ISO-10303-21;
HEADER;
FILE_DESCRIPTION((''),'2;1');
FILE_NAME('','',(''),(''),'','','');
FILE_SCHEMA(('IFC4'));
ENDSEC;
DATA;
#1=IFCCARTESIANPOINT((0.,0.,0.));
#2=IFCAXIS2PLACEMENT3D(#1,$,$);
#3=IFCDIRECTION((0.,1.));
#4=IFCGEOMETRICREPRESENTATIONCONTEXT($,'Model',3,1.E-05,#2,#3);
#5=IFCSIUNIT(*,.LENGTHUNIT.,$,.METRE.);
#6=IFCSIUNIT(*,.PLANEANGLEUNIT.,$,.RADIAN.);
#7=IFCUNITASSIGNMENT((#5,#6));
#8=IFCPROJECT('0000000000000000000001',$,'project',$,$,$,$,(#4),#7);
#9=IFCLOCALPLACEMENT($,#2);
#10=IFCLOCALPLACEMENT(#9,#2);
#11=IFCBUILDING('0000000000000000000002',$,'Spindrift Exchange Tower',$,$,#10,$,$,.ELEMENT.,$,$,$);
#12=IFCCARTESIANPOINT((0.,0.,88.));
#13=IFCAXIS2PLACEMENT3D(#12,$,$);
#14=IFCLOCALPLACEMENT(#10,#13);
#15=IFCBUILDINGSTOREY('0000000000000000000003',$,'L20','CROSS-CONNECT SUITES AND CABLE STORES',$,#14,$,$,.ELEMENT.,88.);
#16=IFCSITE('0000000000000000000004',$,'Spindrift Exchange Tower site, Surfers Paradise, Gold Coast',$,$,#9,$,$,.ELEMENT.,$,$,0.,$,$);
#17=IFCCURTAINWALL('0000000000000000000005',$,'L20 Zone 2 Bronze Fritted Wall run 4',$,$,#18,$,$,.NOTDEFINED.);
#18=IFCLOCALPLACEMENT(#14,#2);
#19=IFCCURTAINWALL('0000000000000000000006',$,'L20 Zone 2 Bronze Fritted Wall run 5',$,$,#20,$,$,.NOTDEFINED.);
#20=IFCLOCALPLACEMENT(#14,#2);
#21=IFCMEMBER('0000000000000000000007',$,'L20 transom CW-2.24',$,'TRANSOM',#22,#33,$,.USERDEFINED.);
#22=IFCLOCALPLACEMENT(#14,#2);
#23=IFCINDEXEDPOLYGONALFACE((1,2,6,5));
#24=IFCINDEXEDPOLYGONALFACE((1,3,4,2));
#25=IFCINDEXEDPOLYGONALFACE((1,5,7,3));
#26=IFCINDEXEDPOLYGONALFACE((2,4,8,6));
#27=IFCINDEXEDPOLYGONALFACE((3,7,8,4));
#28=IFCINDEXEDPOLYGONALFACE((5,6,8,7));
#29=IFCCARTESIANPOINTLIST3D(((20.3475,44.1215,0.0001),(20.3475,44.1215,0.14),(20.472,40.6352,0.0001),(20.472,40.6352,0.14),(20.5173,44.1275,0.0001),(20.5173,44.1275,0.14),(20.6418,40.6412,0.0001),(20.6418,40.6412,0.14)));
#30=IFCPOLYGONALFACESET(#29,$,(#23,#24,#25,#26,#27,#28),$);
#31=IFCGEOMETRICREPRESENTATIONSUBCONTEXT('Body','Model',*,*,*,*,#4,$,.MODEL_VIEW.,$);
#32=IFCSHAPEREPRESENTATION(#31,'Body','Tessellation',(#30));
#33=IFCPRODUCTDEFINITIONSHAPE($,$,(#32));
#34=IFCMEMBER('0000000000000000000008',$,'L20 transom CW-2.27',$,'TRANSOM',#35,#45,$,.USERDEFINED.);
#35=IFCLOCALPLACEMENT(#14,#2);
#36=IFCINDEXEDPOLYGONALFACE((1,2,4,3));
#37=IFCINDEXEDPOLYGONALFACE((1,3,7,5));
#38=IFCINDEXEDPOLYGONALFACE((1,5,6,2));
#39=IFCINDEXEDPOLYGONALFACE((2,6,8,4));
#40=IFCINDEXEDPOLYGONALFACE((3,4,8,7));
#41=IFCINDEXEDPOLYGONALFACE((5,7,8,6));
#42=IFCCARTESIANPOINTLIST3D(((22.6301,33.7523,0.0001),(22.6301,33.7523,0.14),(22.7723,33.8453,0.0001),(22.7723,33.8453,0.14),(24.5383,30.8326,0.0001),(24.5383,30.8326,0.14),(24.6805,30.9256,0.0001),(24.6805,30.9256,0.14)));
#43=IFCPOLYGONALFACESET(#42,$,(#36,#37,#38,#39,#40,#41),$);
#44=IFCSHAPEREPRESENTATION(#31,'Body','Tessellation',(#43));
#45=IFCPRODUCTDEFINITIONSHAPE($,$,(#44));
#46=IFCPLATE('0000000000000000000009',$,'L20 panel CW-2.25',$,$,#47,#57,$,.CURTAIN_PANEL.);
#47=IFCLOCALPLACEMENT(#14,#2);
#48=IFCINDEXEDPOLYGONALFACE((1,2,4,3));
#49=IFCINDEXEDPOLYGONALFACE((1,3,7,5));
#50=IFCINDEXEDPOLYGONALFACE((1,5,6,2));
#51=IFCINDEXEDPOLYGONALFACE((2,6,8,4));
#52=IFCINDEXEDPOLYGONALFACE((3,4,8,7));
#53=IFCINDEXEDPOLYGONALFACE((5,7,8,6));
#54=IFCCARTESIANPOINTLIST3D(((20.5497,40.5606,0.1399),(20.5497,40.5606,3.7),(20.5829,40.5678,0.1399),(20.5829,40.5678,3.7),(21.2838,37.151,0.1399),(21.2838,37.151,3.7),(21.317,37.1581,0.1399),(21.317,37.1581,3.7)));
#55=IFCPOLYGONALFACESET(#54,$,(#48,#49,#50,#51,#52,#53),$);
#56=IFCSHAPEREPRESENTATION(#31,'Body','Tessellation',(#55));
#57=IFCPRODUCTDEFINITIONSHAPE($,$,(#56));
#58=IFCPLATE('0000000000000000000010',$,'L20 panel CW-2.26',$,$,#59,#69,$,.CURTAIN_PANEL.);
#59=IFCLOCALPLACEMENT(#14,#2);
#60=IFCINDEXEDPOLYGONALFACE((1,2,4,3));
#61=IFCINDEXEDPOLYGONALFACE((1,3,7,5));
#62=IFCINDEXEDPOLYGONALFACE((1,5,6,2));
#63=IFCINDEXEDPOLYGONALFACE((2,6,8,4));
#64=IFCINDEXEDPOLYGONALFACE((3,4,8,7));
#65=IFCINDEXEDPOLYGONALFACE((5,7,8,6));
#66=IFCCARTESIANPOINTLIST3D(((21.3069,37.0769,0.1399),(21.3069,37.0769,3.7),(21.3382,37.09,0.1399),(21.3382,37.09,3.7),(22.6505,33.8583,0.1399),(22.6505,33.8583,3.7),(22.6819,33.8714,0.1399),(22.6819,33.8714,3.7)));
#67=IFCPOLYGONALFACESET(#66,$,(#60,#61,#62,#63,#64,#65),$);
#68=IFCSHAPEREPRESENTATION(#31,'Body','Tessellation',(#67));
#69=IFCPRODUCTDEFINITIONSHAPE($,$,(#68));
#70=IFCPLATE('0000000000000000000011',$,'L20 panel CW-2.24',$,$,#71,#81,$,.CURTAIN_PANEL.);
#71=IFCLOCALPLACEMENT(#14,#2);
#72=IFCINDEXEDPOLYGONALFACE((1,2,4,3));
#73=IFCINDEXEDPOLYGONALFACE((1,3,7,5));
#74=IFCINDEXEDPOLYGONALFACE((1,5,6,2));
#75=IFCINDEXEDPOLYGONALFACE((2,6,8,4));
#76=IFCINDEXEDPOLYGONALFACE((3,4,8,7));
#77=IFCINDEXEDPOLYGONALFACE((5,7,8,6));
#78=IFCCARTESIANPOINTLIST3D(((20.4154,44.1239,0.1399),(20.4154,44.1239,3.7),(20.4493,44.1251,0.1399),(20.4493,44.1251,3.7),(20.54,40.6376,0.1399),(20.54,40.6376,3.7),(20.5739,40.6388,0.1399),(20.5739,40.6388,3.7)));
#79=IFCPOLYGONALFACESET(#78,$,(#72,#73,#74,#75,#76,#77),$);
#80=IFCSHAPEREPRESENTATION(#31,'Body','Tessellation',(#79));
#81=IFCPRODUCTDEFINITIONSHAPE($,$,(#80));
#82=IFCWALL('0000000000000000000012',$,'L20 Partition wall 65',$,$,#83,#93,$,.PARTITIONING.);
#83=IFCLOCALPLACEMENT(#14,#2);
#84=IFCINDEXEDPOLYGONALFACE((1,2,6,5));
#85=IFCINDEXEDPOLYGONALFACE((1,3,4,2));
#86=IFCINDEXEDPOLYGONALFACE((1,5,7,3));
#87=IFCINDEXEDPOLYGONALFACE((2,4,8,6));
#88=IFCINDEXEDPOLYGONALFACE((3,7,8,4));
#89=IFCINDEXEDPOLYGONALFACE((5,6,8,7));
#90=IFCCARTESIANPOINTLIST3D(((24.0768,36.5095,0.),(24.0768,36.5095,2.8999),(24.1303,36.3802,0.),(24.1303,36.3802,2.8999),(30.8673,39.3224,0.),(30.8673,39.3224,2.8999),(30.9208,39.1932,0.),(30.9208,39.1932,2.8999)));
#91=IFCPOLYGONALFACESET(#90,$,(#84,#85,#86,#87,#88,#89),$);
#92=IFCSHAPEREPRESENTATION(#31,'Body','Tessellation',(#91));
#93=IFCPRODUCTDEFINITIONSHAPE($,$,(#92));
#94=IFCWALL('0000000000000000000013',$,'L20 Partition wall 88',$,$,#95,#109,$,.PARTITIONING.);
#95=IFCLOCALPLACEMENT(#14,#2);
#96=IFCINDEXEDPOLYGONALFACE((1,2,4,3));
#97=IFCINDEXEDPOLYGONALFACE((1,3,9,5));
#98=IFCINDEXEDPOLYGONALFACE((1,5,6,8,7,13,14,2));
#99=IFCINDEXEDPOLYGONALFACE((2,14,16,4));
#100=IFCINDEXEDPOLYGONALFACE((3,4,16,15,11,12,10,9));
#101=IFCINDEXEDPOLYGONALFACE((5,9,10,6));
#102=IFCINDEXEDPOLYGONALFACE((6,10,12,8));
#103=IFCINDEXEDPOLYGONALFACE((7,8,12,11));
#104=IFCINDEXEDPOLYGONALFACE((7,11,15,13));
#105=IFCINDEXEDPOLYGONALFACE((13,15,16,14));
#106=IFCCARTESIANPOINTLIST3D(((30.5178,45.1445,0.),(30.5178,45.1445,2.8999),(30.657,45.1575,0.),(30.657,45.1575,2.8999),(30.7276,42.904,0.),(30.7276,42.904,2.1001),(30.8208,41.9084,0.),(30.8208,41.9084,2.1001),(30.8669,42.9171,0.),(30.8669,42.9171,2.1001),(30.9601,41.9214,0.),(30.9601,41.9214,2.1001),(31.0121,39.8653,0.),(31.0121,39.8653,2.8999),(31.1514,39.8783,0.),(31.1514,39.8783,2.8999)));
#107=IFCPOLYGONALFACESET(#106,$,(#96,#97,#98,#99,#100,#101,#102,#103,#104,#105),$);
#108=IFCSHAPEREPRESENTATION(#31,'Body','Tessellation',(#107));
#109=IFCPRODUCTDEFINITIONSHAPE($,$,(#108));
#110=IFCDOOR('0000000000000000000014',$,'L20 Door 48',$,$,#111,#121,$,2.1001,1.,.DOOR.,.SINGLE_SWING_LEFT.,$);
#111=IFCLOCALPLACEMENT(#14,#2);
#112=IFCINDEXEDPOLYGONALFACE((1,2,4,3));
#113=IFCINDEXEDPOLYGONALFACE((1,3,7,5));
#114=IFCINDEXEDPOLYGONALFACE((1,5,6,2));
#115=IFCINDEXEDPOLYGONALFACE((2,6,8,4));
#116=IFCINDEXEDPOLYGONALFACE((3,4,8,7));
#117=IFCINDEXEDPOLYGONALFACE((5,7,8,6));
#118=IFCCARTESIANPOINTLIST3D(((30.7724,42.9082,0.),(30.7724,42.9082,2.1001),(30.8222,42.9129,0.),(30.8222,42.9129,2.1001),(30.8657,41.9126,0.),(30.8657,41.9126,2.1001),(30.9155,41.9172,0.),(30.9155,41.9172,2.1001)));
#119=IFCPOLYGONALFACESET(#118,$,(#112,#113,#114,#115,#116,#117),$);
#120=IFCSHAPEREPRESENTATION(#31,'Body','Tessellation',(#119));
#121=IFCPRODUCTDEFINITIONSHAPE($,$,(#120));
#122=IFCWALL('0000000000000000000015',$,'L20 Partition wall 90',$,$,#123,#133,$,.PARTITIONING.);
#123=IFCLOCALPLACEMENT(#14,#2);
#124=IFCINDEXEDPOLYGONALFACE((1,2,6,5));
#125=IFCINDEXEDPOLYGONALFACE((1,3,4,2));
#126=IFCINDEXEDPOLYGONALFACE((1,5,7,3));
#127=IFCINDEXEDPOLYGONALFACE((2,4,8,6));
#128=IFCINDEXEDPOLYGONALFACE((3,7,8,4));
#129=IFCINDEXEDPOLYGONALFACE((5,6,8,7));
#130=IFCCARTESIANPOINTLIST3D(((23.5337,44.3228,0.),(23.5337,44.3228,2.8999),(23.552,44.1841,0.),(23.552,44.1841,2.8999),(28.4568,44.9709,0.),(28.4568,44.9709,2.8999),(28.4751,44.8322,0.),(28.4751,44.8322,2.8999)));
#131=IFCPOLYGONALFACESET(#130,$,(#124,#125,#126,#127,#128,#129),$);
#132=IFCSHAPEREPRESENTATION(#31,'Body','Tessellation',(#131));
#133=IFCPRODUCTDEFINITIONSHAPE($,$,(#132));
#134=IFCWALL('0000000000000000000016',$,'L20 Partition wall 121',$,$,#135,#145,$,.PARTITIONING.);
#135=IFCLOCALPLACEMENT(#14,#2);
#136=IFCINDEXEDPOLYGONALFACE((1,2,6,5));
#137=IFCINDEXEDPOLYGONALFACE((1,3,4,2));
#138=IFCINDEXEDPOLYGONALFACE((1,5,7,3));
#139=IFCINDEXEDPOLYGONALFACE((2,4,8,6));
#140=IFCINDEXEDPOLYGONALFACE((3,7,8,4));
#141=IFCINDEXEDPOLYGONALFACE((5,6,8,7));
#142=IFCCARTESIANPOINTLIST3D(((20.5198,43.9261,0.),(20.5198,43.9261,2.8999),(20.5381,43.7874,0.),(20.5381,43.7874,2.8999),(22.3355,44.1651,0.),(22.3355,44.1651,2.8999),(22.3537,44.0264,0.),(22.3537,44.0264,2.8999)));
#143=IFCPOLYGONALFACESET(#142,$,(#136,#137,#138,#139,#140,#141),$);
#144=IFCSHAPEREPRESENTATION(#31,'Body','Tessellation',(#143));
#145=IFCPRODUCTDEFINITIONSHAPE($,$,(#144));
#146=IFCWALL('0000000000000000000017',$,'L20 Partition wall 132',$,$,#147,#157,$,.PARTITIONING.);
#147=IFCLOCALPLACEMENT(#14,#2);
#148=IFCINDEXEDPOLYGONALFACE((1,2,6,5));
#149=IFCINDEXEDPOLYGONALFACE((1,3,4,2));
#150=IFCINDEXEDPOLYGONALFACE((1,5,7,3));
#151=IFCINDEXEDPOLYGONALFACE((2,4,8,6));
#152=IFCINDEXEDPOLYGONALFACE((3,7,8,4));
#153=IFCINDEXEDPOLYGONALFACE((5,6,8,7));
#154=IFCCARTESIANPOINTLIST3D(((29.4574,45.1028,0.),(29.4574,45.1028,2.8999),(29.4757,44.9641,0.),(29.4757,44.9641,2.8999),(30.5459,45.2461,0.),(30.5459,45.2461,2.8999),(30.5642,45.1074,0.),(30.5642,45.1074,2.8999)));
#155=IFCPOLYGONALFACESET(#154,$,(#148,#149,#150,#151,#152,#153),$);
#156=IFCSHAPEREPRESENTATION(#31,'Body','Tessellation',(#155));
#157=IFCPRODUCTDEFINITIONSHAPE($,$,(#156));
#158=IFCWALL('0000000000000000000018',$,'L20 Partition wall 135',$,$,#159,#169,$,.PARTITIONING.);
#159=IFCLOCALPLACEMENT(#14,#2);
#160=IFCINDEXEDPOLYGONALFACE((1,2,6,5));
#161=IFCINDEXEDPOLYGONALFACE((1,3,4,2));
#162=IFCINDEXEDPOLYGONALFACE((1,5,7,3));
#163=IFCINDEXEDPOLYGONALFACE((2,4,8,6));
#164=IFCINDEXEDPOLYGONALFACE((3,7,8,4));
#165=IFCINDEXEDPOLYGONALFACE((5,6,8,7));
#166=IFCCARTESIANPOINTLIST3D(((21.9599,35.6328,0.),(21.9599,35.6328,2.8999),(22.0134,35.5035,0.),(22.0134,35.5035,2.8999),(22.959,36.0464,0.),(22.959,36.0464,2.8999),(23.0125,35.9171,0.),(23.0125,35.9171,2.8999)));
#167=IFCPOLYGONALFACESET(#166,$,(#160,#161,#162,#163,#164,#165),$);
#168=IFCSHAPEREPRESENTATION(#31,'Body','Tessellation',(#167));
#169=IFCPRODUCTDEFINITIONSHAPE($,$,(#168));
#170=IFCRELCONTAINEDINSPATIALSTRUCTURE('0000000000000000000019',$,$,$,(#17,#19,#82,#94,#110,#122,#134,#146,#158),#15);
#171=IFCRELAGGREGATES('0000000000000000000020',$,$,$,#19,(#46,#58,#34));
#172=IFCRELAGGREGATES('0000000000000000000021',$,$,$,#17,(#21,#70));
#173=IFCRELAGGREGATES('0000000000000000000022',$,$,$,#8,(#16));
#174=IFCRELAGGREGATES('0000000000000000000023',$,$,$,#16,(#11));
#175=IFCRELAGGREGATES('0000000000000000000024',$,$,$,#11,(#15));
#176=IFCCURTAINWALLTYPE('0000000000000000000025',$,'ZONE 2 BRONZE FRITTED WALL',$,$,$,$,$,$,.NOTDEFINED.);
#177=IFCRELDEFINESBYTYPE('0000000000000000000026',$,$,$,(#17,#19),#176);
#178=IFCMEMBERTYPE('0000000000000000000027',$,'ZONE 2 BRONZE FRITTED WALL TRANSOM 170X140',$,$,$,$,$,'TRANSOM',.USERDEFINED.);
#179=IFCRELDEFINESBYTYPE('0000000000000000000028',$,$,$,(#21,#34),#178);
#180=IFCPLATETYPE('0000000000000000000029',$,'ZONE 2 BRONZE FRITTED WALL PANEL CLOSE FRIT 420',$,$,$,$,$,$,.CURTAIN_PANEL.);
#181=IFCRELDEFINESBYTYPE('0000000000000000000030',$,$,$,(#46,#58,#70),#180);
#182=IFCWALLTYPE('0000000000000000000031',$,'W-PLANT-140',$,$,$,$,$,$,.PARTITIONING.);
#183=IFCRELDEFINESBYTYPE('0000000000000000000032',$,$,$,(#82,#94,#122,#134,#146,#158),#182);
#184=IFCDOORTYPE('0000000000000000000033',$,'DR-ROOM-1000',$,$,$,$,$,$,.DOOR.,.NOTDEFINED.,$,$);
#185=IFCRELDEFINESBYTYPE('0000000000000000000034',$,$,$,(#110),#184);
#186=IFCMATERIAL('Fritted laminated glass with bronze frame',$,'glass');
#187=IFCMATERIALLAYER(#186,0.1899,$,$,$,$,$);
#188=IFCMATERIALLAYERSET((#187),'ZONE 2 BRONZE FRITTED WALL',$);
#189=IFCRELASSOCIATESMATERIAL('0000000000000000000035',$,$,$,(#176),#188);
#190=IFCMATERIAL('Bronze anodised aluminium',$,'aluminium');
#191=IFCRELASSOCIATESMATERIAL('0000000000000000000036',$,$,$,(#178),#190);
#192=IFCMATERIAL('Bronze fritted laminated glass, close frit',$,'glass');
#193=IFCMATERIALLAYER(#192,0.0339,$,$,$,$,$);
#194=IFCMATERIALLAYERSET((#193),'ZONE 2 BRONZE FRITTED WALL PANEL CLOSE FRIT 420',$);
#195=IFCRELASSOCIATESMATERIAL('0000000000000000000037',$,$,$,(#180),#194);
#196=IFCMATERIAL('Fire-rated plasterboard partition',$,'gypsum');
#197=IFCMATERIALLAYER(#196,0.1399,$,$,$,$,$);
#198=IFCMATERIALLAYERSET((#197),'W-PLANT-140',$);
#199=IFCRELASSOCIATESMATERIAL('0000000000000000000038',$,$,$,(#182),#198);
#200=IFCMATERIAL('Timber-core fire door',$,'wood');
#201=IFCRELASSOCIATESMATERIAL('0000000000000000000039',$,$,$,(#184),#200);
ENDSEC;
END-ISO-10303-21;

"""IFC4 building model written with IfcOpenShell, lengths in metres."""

from ifc_helpers import new_model, si_unit, direction, frame, frame_2d, origin, origin_2d, place, context, subcontext, project, spatial, rectangle, extrude, source, transform, mapped, material, layer, layer_set, material_profile, profile_set, type_object, element, fill, aggregate, save


model = new_model("IFC4")

# Units and contexts
model_context = context("Model", 3, precision=1e-05, world=origin(), true_north=direction((0.0, 1.0)))
body_context = subcontext(model_context, "Body", "Model", "MODEL_VIEW")
ifc_project = project(units=[si_unit("LENGTHUNIT", "METRE"), si_unit("PLANEANGLEUNIT", "RADIAN")], contexts=[model_context])

# Site, building, storey
site_placement = place(None, origin())
site = spatial("IfcSite", under=ifc_project, at=site_placement, Name="Spindrift Exchange Tower site, Surfers Paradise, Gold Coast", CompositionType="ELEMENT", RefElevation=0.0)
building_placement = place(site_placement, origin())
building = spatial("IfcBuilding", under=site, at=building_placement, Name="Spindrift Exchange Tower", CompositionType="ELEMENT")
storey_placement = place(building_placement, frame((0.0, 0.0, 88.0)))
storey = spatial("IfcBuildingStorey", under=building, at=storey_placement, Name="L20", Description="CROSS-CONNECT SUITES AND CABLE STORES", CompositionType="ELEMENT", Elevation=88.0)

# Curtain wall
ifc_material_1 = material(Name="Fritted laminated glass with bronze frame", Category="glass")
ifc_layer_1 = layer(ifc_material_1, 0.1899)
ifc_layer_set_1 = layer_set([ifc_layer_1], Name="ZONE 2 BRONZE FRITTED WALL")
curtain_wall_type = type_object("IfcCurtainWallType", Name="ZONE 2 BRONZE FRITTED WALL", PredefinedType="NOTDEFINED", material=ifc_layer_set_1)
curtain_wall_1_placement = place(storey_placement, origin())
curtain_wall_1 = element("IfcCurtainWall", 1, at=curtain_wall_1_placement, inside=storey, type_object=curtain_wall_type, Name="L20 Zone 2 Bronze Fritted Wall run 4", PredefinedType="NOTDEFINED")
ifc_material_2 = material(Name="Bronze anodised aluminium", Category="aluminium")

# Curtain wall
curtain_wall_2_placement = place(storey_placement, origin())
curtain_wall_2 = element("IfcCurtainWall", 2, at=curtain_wall_2_placement, inside=storey, type_object=curtain_wall_type, Name="L20 Zone 2 Bronze Fritted Wall run 5", PredefinedType="NOTDEFINED")
ifc_material_profile_1 = material_profile(ifc_material_2, rectangle(XDim=0.1699, YDim=0.1399, at=origin_2d()), Name="ZONE 2 BRONZE FRITTED WALL TRANSOM 170X140")
ifc_profile_set_1 = profile_set([ifc_material_profile_1], Name="Bronze anodised aluminium")
member_type_1 = type_object("IfcMemberType", Name="ZONE 2 BRONZE FRITTED WALL TRANSOM 170X140", ElementType="TRANSOM", PredefinedType="USERDEFINED", material=ifc_profile_set_1)

# Members
shared_shape_1 = source(origin(), body_context, "Body", "SweptSolid", [
    extrude(rectangle(XDim=0.1699, YDim=0.1399, at=origin_2d()), origin(), (0.0, 0.0, 1.0), 3.4885),
])
member_1_placement = place(storey_placement, frame((20.4324, 44.1245, 0.0701), z_axis=(0.035692, -0.999363, 0.0), x_axis=(0.999363, 0.035692, 0.0)))
member_1 = element("IfcMember", 3, at=member_1_placement, type_object=member_type_1, Name="L20 transom CW-2.24", ObjectType="TRANSOM", PredefinedType="USERDEFINED", context=body_context, shape_type="MappedRepresentation", body=[
    mapped(shared_shape_1, transform((0.0, 0.0, 0.0), scale=1.0)),
])
shared_shape_2 = source(origin(), body_context, "Body", "SweptSolid", [
    extrude(rectangle(XDim=0.1699, YDim=0.1399, at=origin_2d()), origin(), (0.0, 0.0, 1.0), 3.488),
])
member_2_placement = place(storey_placement, frame((22.7012, 33.7988, 0.0701), z_axis=(0.547085, -0.837077, 0.0), x_axis=(0.837077, 0.547085, 0.0)))
member_2 = element("IfcMember", 4, at=member_2_placement, type_object=member_type_1, Name="L20 transom CW-2.27", ObjectType="TRANSOM", PredefinedType="USERDEFINED", context=body_context, shape_type="MappedRepresentation", body=[
    mapped(shared_shape_2, transform((0.0, 0.0, 0.0), scale=1.0)),
])

# Plates
ifc_material_3 = material(Name="Bronze fritted laminated glass, close frit", Category="glass")
ifc_layer_2 = layer(ifc_material_3, 0.0339)
ifc_layer_set_2 = layer_set([ifc_layer_2], Name="ZONE 2 BRONZE FRITTED WALL PANEL CLOSE FRIT 420")
plate_type = type_object("IfcPlateType", Name="ZONE 2 BRONZE FRITTED WALL PANEL CLOSE FRIT 420", PredefinedType="CURTAIN_PANEL", material=ifc_layer_set_2)
shared_shape_3 = source(origin(), body_context, "Body", "SweptSolid", [
    extrude(rectangle(XDim=3.4878, YDim=0.0339, at=origin_2d()), origin(), (0.0, 0.0, 1.0), 3.5601),
])
plate_1_placement = place(storey_placement, frame((20.9333, 38.8594, 0.1399), z_axis=(0.0, 0.0, 1.0), x_axis=(0.21048, -0.977598, 0.0)))
plate_1 = element("IfcPlate", 5, at=plate_1_placement, type_object=plate_type, Name="L20 panel CW-2.25", PredefinedType="CURTAIN_PANEL", context=body_context, shape_type="MappedRepresentation", body=[
    mapped(shared_shape_3, transform((0.0, 0.0, 0.0), scale=1.0)),
])
plate_2_placement = place(storey_placement, frame((21.9944, 35.4741, 0.1399), z_axis=(0.0, 0.0, 1.0), x_axis=(0.385243, -0.922815, 0.0)))
plate_2 = element("IfcPlate", 6, at=plate_2_placement, type_object=plate_type, Name="L20 panel CW-2.26", PredefinedType="CURTAIN_PANEL", context=body_context, shape_type="MappedRepresentation", body=[
    mapped(shared_shape_3, transform((0.0, 0.0, 0.0), scale=1.0)),
])
aggregate(curtain_wall_2, [plate_1, plate_2, member_2])
shared_shape_4 = source(origin(), body_context, "Body", "SweptSolid", [
    extrude(rectangle(XDim=3.4885, YDim=0.0339, at=origin_2d()), origin(), (0.0, 0.0, 1.0), 3.5601),
])
plate_3_placement = place(storey_placement, frame((20.4946, 42.3813, 0.1399), z_axis=(0.0, 0.0, 1.0), x_axis=(0.035723, -0.999362, 0.0)))
plate_3 = element("IfcPlate", 7, at=plate_3_placement, type_object=plate_type, Name="L20 panel CW-2.24", PredefinedType="CURTAIN_PANEL", context=body_context, shape_type="MappedRepresentation", body=[
    mapped(shared_shape_4, transform((0.0, 0.0, 0.0), scale=1.0)),
])
aggregate(curtain_wall_1, [member_1, plate_3])

# Wall
ifc_material_4 = material(Name="Fire-rated plasterboard partition", Category="gypsum")
ifc_layer_3 = layer(ifc_material_4, 0.1399)
ifc_layer_set_3 = layer_set([ifc_layer_3], Name="W-PLANT-140")
wall_type = type_object("IfcWallType", Name="W-PLANT-140", PredefinedType="PARTITIONING", material=ifc_layer_set_3)
wall_1_placement = place(storey_placement, frame((30.894, 39.2578, 0.0), z_axis=(0.0, 0.0, 1.0), x_axis=(-0.923867, -0.382714, 0.0)))
element("IfcWall", 8, at=wall_1_placement, inside=storey, type_object=wall_type, Name="L20 Partition wall 65", PredefinedType="PARTITIONING", context=body_context, shape_type="SweptSolid", body=[
    extrude(rectangle(XDim=7.3501, YDim=0.1399, at=frame_2d((3.675, 0.0))), origin(), (0.0, 0.0, 1.0), 2.8999),
])

# Wall, opening, door
wall_2_placement = place(storey_placement, frame((31.0818, 39.8718, 0.0), z_axis=(0.0, 0.0, 1.0), x_axis=(-0.093242, 0.995643, 0.0)))
wall_2 = element("IfcWall", 9, at=wall_2_placement, inside=storey, type_object=wall_type, Name="L20 Partition wall 88", PredefinedType="PARTITIONING", context=body_context, shape_type="SweptSolid", body=[
    extrude(rectangle(XDim=5.3022, YDim=0.1399, at=frame_2d((2.6511, 0.0))), origin(), (0.0, 0.0, 1.0), 2.8999),
])
opening_placement = place(wall_2_placement, frame((2.052, 0.0, 0.0)))
opening = element("IfcOpeningElement", 10, at=opening_placement, cuts=wall_2, PredefinedType="OPENING", context=body_context, shape_type="SweptSolid", body=[
    extrude(rectangle(XDim=1.0, YDim=2.1001, at=frame_2d((0.5, 1.05))), frame((0.0, 0.0798, 0.0), z_axis=(0.0, -1.0, 0.0), x_axis=(1.0, 0.0, 0.0)), (0.0, 0.0, 1.0), 0.1599),
])
ifc_material_5 = material(Name="Timber-core fire door", Category="wood")
door_type = type_object("IfcDoorType", Name="DR-ROOM-1000", OperationType="NOTDEFINED", PredefinedType="DOOR", material=ifc_material_5)
shared_shape_5 = source(origin(), body_context, "Body", "SweptSolid", [
    extrude(rectangle(XDim=1.0, YDim=2.1001, at=frame_2d((0.5, 1.05))), frame((0.0, 0.0249, 0.0), z_axis=(0.0, -1.0, 0.0), x_axis=(1.0, 0.0, 0.0)), (0.0, 0.0, 1.0), 0.05),
])
door_placement = place(opening_placement, origin())
door = element("IfcDoor", 11, at=door_placement, inside=storey, type_object=door_type, Name="L20 Door 48", OperationType="SINGLE_SWING_LEFT", OverallHeight=2.1001, OverallWidth=1.0, PredefinedType="DOOR", context=body_context, shape_type="MappedRepresentation", body=[
    mapped(shared_shape_5, transform((0.0, 0.0, 0.0), scale=1.0)),
])
fill(opening, door)

# Walls
wall_3_placement = place(storey_placement, frame((28.4661, 44.9016, 0.0), z_axis=(0.0, 0.0, 1.0), x_axis=(-0.991443, -0.130537, 0.0)))
element("IfcWall", 12, at=wall_3_placement, inside=storey, type_object=wall_type, Name="L20 Partition wall 90", PredefinedType="PARTITIONING", context=body_context, shape_type="SweptSolid", body=[
    extrude(rectangle(XDim=4.9656, YDim=0.1399, at=frame_2d((2.4829, 0.0))), origin(), (0.0, 0.0, 1.0), 2.8999),
])
wall_4_placement = place(storey_placement, frame((22.3445, 44.0957, 0.0), z_axis=(0.0, 0.0, 1.0), x_axis=(-0.991447, -0.130513, 0.0)))
element("IfcWall", 13, at=wall_4_placement, inside=storey, type_object=wall_type, Name="L20 Partition wall 121", PredefinedType="PARTITIONING", context=body_context, shape_type="SweptSolid", body=[
    extrude(rectangle(XDim=1.8313, YDim=0.1399, at=frame_2d((0.9155, 0.0))), origin(), (0.0, 0.0, 1.0), 2.8999),
])
wall_5_placement = place(storey_placement, frame((30.5549, 45.1768, 0.0), z_axis=(0.0, 0.0, 1.0), x_axis=(-0.991446, -0.130518, 0.0)))
element("IfcWall", 14, at=wall_5_placement, inside=storey, type_object=wall_type, Name="L20 Partition wall 132", PredefinedType="PARTITIONING", context=body_context, shape_type="SweptSolid", body=[
    extrude(rectangle(XDim=1.0979, YDim=0.1399, at=frame_2d((0.5488, 0.0))), origin(), (0.0, 0.0, 1.0), 2.8999),
])
wall_6_placement = place(storey_placement, frame((22.9856, 35.9817, 0.0), z_axis=(0.0, 0.0, 1.0), x_axis=(-0.923956, -0.382498, 0.0)))
element("IfcWall", 15, at=wall_6_placement, inside=storey, type_object=wall_type, Name="L20 Partition wall 135", PredefinedType="PARTITIONING", context=body_context, shape_type="SweptSolid", body=[
    extrude(rectangle(XDim=1.0813, YDim=0.1399, at=frame_2d((0.5405, 0.0))), origin(), (0.0, 0.0, 1.0), 2.8999),
])

save(model, "model.ifc")
